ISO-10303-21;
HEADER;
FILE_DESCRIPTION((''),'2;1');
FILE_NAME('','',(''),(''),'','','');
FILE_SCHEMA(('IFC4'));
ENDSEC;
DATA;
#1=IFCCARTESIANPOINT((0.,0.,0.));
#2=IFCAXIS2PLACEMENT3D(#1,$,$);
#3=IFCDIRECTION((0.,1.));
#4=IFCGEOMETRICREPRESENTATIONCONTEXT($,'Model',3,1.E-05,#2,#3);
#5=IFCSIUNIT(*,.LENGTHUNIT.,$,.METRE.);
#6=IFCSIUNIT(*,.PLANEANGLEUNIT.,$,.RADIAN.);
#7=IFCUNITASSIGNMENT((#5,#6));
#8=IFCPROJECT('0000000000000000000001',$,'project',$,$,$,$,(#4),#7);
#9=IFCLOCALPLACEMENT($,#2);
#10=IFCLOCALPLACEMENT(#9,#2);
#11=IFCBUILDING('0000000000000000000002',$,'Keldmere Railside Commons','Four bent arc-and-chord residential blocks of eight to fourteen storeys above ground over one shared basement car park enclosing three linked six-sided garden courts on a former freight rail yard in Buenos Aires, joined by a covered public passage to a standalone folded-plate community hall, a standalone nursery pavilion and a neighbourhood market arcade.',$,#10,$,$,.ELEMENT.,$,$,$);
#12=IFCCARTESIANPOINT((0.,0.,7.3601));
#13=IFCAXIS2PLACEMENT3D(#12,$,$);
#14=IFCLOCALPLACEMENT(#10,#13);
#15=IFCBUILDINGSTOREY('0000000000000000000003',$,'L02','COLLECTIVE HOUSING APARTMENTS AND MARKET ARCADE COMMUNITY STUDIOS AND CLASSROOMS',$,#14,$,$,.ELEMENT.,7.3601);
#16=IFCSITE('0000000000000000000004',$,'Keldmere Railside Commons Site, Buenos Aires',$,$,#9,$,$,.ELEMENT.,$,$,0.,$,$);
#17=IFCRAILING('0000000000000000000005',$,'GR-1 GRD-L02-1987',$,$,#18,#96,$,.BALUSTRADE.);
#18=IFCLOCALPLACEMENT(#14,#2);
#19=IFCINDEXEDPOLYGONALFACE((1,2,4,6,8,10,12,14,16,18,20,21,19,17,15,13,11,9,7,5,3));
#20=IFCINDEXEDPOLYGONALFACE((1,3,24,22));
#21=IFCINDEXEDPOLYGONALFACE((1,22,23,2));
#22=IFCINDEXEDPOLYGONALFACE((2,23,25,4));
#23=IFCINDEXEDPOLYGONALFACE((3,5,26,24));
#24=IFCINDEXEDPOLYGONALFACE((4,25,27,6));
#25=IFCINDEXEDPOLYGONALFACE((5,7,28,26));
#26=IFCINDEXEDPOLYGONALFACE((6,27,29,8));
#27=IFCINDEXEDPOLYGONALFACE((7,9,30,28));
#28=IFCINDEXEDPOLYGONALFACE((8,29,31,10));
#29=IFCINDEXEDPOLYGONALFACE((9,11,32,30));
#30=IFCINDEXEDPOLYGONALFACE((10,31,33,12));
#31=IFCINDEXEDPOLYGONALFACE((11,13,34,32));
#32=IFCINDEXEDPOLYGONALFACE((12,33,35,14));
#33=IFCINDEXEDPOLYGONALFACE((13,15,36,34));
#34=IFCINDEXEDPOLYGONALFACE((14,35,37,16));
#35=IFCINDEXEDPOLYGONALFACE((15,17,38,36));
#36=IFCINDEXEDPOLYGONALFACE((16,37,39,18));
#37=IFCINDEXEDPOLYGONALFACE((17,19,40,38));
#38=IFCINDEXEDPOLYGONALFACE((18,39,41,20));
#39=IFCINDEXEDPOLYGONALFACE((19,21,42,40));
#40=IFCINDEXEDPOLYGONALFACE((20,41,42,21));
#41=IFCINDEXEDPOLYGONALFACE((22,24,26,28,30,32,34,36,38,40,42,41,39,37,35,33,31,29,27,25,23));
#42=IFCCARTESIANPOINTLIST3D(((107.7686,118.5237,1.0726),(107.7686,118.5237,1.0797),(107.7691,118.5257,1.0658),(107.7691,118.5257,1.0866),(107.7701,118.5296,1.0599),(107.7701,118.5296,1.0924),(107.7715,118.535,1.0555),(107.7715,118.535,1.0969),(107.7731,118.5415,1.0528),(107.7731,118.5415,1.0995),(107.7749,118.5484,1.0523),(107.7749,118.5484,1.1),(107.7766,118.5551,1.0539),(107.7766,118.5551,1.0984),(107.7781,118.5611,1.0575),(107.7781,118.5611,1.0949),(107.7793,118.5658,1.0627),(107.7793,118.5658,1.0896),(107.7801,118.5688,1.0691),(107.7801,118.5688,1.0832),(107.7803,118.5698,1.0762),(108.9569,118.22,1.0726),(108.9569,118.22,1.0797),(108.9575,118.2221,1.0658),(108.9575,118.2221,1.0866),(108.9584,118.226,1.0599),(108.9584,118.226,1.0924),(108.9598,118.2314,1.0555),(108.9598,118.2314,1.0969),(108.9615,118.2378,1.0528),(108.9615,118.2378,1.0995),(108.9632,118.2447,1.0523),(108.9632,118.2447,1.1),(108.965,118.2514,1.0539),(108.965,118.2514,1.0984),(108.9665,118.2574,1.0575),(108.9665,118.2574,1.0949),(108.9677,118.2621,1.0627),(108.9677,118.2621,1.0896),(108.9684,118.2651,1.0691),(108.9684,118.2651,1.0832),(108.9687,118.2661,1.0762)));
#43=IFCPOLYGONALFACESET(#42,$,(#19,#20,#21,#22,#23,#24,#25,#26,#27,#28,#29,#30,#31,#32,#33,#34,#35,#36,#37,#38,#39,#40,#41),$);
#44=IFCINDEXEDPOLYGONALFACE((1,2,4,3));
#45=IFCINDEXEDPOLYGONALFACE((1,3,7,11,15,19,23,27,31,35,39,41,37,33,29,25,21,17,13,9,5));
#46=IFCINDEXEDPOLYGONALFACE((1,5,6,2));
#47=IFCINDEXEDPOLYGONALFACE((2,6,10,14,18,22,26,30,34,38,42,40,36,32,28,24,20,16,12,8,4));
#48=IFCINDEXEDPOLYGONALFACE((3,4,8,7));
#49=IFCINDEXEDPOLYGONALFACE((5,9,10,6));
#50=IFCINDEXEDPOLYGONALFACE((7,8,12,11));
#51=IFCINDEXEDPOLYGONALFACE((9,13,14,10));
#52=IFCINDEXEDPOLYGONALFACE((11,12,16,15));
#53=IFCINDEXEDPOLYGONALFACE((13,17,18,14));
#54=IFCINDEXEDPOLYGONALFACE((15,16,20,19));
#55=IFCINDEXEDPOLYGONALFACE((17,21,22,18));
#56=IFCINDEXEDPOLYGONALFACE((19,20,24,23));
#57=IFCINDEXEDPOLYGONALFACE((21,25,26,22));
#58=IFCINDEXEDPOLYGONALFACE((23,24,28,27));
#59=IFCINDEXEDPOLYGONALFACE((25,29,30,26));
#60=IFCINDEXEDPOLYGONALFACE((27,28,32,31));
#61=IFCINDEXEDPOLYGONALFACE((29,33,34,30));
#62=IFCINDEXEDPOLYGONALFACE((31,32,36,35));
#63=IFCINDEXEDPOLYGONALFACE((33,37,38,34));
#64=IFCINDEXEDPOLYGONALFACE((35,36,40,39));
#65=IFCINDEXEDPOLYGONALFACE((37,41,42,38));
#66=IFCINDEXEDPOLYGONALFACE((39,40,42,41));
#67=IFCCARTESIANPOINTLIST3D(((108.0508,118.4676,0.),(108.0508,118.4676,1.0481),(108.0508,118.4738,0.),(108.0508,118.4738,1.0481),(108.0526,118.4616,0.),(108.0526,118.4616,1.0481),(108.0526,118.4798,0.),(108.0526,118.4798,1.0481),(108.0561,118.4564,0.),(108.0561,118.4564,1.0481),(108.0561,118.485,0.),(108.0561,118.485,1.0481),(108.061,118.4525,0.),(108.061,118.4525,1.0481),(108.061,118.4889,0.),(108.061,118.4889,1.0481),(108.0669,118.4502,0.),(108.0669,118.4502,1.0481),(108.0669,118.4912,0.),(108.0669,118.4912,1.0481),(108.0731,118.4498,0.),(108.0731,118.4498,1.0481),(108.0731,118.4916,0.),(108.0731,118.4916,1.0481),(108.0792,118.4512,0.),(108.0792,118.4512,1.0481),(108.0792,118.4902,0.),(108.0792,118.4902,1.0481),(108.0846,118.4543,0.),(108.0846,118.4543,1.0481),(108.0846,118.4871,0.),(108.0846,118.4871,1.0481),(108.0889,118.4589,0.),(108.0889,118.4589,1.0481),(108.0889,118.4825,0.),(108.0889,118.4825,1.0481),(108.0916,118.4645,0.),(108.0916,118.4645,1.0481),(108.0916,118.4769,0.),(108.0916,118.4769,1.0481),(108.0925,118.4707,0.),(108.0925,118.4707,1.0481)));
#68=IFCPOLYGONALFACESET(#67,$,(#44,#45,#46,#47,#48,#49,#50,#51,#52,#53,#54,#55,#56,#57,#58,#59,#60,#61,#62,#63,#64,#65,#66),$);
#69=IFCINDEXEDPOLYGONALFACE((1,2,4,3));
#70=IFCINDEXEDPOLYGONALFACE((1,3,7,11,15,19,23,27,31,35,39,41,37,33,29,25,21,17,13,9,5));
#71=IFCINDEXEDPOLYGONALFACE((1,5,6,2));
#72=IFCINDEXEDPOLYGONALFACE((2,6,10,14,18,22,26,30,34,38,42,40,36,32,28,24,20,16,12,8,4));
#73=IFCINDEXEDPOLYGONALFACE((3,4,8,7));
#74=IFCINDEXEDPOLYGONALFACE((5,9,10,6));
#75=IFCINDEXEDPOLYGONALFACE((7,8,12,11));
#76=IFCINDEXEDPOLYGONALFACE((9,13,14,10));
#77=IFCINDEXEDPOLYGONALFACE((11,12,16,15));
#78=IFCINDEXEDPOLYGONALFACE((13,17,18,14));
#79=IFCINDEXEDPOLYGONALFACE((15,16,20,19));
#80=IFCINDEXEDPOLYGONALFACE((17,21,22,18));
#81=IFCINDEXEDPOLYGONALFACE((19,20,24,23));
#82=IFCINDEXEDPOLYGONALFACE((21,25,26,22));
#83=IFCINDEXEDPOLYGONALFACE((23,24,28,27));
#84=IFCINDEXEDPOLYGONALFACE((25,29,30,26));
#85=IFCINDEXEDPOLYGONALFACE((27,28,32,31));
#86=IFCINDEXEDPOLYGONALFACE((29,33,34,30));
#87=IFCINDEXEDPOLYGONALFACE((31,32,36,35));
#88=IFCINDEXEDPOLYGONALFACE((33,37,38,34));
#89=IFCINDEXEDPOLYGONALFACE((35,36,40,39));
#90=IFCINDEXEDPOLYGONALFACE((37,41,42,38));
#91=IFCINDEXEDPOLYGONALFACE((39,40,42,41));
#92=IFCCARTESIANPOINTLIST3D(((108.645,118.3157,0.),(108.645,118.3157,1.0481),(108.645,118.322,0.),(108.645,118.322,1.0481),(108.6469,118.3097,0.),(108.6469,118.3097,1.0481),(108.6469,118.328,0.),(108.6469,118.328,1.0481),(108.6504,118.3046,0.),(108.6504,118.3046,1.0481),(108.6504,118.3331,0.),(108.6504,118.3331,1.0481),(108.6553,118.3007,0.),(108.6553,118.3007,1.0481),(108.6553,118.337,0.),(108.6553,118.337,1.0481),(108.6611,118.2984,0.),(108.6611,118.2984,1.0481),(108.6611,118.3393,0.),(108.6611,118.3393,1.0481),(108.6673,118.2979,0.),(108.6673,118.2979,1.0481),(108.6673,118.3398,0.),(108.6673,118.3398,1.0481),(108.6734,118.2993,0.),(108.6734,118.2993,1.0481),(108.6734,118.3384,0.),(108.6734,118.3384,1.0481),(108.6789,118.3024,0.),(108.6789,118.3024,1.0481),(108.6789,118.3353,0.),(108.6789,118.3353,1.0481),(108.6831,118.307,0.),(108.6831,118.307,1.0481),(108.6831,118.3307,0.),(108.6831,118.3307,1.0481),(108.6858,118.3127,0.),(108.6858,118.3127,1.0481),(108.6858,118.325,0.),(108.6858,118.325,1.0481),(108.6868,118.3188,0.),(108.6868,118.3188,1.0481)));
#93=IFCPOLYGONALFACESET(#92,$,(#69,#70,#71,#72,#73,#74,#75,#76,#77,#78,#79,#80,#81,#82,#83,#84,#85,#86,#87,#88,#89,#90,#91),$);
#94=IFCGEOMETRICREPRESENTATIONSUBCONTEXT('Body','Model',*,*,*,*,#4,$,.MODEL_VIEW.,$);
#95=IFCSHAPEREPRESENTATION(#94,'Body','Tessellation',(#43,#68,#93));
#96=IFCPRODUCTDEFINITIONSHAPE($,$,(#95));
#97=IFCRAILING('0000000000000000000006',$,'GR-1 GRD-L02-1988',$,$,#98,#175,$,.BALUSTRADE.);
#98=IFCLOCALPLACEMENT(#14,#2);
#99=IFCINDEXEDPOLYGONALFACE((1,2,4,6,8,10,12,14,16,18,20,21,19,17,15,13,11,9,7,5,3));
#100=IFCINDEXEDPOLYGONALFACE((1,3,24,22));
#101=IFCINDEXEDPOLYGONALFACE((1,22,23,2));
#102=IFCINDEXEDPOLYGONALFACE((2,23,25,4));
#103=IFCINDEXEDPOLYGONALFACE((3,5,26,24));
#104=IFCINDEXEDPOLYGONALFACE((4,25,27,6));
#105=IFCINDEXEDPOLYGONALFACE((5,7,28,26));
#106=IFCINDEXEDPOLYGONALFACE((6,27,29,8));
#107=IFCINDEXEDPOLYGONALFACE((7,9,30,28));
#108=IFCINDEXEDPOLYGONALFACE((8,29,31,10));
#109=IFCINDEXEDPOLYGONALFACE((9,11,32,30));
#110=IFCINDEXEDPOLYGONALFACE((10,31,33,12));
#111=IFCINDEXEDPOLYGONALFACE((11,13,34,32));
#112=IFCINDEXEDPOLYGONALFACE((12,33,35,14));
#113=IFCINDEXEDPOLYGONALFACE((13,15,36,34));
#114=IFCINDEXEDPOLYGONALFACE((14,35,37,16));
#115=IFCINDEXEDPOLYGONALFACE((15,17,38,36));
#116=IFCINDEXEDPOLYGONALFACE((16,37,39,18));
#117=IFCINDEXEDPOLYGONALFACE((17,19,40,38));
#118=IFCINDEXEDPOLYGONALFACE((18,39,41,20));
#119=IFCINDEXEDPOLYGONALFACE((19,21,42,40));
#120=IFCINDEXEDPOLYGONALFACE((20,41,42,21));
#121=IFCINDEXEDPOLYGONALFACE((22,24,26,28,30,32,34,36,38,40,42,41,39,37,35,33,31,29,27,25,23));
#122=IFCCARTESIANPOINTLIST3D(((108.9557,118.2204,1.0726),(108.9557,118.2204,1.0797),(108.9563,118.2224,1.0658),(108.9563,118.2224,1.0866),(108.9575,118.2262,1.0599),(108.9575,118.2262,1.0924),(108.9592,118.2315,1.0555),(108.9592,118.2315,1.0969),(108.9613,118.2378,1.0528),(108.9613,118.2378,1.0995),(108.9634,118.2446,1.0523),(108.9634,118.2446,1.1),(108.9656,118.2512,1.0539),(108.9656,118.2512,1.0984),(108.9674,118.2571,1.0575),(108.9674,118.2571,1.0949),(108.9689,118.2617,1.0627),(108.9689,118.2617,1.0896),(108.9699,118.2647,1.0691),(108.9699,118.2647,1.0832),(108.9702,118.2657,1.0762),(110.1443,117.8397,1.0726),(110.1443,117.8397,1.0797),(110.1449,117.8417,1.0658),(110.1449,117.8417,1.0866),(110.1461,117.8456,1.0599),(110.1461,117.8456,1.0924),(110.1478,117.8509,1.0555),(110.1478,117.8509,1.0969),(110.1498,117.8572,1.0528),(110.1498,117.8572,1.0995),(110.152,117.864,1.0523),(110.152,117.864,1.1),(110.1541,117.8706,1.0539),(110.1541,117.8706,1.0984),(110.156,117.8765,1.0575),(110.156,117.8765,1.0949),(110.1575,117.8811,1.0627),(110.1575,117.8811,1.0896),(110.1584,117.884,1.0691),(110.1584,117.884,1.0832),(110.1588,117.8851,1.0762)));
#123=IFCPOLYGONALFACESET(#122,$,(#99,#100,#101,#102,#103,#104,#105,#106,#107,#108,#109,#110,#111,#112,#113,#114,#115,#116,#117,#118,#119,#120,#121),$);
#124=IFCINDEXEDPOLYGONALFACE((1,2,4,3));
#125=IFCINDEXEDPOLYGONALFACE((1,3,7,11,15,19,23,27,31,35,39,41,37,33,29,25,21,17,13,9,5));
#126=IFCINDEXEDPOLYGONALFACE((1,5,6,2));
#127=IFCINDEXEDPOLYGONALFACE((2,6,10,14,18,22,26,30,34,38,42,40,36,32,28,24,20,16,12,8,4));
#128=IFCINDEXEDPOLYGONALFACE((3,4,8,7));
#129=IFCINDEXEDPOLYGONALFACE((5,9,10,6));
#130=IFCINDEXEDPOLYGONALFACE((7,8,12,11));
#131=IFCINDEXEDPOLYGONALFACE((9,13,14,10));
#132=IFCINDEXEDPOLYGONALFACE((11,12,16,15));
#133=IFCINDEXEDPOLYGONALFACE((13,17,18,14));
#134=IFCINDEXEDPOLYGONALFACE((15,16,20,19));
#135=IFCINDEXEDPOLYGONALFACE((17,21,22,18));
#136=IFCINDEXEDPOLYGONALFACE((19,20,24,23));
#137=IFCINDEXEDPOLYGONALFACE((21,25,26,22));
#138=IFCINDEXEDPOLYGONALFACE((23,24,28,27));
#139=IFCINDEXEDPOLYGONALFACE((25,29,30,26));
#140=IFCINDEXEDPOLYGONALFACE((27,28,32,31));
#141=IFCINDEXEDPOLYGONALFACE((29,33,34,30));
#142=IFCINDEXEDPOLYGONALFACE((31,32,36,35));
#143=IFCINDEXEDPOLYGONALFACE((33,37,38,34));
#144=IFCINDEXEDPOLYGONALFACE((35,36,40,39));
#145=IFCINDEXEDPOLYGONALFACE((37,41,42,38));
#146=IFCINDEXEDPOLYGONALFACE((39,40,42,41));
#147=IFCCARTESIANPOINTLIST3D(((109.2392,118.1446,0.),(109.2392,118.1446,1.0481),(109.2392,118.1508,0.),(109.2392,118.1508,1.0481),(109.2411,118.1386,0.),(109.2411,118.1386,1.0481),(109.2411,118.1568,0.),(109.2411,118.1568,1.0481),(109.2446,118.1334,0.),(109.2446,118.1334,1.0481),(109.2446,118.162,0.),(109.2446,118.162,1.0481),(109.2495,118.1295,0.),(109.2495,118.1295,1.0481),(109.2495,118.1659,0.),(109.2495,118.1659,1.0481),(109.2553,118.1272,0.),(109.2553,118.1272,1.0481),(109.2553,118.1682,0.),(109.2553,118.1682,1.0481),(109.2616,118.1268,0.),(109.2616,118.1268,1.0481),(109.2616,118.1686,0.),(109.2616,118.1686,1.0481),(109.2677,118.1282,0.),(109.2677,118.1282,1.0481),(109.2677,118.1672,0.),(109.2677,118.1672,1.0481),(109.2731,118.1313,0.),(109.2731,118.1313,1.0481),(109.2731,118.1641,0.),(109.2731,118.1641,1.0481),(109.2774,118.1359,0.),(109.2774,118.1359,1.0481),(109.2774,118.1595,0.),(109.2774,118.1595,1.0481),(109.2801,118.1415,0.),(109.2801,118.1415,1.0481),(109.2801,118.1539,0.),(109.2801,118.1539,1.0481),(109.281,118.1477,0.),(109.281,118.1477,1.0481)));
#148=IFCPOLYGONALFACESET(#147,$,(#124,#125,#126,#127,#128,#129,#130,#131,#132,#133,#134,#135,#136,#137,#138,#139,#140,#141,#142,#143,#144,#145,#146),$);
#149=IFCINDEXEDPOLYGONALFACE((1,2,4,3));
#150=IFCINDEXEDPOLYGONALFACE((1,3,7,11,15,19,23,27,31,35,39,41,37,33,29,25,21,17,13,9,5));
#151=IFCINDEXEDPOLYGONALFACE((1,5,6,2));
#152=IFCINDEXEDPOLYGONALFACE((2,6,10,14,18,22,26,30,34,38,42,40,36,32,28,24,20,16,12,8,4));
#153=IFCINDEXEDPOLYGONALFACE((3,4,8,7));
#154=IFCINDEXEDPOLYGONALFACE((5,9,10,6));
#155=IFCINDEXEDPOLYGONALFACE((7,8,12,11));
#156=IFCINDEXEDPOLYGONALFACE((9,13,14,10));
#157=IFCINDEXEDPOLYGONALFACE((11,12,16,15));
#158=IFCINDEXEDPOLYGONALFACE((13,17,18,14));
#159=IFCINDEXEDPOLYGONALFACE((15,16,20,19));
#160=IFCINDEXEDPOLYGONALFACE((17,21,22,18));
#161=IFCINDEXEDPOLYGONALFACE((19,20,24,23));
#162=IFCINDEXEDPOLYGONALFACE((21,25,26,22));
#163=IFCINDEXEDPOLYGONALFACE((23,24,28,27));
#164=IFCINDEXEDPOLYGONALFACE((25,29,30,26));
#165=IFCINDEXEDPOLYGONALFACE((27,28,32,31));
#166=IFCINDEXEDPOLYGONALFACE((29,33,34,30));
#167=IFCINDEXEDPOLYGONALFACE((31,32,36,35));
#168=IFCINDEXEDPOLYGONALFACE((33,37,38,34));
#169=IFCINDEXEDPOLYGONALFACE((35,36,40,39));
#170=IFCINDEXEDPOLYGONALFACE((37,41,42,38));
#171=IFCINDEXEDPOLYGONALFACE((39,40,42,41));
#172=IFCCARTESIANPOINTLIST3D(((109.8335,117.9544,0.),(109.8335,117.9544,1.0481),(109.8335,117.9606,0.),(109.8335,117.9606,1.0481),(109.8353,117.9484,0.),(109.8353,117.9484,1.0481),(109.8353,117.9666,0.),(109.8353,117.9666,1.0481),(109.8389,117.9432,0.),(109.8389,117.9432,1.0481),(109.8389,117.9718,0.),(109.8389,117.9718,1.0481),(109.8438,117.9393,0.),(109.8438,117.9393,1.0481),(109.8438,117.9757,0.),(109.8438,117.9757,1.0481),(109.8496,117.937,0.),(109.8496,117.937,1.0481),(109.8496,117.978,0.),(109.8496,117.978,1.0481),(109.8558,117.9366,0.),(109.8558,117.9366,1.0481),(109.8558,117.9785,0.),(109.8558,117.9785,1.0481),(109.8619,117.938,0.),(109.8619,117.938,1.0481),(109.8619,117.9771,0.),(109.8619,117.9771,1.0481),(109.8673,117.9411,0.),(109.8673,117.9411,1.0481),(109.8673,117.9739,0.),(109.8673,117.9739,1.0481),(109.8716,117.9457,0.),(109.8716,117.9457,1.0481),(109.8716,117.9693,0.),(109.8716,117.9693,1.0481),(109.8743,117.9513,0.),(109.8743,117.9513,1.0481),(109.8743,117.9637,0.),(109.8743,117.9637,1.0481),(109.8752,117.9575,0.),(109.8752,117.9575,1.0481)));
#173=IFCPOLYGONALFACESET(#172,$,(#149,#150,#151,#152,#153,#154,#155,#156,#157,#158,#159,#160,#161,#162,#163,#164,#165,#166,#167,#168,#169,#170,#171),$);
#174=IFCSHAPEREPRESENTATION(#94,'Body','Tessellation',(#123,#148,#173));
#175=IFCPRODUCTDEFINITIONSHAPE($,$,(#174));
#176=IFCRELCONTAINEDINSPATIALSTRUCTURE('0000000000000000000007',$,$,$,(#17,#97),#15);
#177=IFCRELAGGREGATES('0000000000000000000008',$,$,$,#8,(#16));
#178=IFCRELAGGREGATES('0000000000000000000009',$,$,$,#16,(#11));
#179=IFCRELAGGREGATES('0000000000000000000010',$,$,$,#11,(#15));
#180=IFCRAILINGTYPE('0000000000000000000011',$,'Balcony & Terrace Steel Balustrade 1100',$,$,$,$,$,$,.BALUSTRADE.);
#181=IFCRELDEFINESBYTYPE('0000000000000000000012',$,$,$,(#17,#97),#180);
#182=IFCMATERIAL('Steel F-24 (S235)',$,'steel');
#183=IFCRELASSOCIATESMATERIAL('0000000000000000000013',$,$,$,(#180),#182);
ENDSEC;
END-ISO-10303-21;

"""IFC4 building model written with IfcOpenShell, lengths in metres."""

from ifc_helpers import new_model, si_unit, direction, frame, origin, origin_2d, place, context, subcontext, project, spatial, circle, extrude, material, type_object, element, save


model = new_model("IFC4")

# Units and contexts
model_context = context("Model", 3, precision=1e-05, world=origin(), true_north=direction((0.0, 1.0)))
body_context = subcontext(model_context, "Body", "Model", "MODEL_VIEW")
ifc_project = project(units=[si_unit("LENGTHUNIT", "METRE"), si_unit("PLANEANGLEUNIT", "RADIAN")], contexts=[model_context])

# Site, building, storey
site_placement = place(None, origin())
site = spatial("IfcSite", under=ifc_project, at=site_placement, Name="Keldmere Railside Commons Site, Buenos Aires", CompositionType="ELEMENT", RefElevation=0.0)
building_placement = place(site_placement, origin())
building = spatial("IfcBuilding", under=site, at=building_placement, Name="Keldmere Railside Commons", Description="Four bent arc-and-chord residential blocks of eight to fourteen storeys above ground over one shared basement car park enclosing three linked six-sided garden courts on a former freight rail yard in Buenos Aires, joined by a covered public passage to a standalone folded-plate community hall, a standalone nursery pavilion and a neighbourhood market arcade.", CompositionType="ELEMENT")
storey_placement = place(building_placement, frame((0.0, 0.0, 7.3601)))
storey = spatial("IfcBuildingStorey", under=building, at=storey_placement, Name="L02", Description="COLLECTIVE HOUSING APARTMENTS AND MARKET ARCADE COMMUNITY STUDIOS AND CLASSROOMS", CompositionType="ELEMENT", Elevation=7.3601)

# Railings
ifc_material_1 = material(Name="Steel F-24 (S235)", Category="steel")
railing_type = type_object("IfcRailingType", Name="Balcony & Terrace Steel Balustrade 1100", PredefinedType="BALUSTRADE", material=ifc_material_1)
railing_1_placement = place(storey_placement, frame((107.7744, 118.5466, 0.0)))
element("IfcRailing", 1, at=railing_1_placement, inside=storey, type_object=railing_type, Name="GR-1 GRD-L02-1987", PredefinedType="BALUSTRADE", context=body_context, shape_type="SweptSolid", body=[
    extrude(circle(Radius=0.0239, at=origin_2d()), frame((0.0, 0.0, 1.0762), z_axis=(0.968865, -0.24759, 0.0), x_axis=(0.24759, 0.968865, 0.0)), (0.0, 0.0, 1.0), 1.2266),
    extrude(circle(Radius=0.021, at=origin_2d()), frame((0.2971, -0.0759, 0.0)), (0.0, 0.0, 1.0), 1.0481),
    extrude(circle(Radius=0.021, at=origin_2d()), frame((0.8914, -0.2278, 0.0)), (0.0, 0.0, 1.0), 1.0481),
])
railing_2_placement = place(storey_placement, frame((108.9629, 118.2429, 0.0)))
element("IfcRailing", 2, at=railing_2_placement, inside=storey, type_object=railing_type, Name="GR-1 GRD-L02-1988", PredefinedType="BALUSTRADE", context=body_context, shape_type="SweptSolid", body=[
    extrude(circle(Radius=0.0239, at=origin_2d()), frame((0.0, 0.0, 1.0762), z_axis=(0.952354, -0.304996, 0.0), x_axis=(0.304996, 0.952354, 0.0)), (0.0, 0.0, 1.0), 1.248),
    extrude(circle(Radius=0.021, at=origin_2d()), frame((0.2971, -0.0952, 0.0)), (0.0, 0.0, 1.0), 1.0481),
    extrude(circle(Radius=0.021, at=origin_2d()), frame((0.8914, -0.2854, 0.0)), (0.0, 0.0, 1.0), 1.0481),
])

save(model, "model.ifc")
